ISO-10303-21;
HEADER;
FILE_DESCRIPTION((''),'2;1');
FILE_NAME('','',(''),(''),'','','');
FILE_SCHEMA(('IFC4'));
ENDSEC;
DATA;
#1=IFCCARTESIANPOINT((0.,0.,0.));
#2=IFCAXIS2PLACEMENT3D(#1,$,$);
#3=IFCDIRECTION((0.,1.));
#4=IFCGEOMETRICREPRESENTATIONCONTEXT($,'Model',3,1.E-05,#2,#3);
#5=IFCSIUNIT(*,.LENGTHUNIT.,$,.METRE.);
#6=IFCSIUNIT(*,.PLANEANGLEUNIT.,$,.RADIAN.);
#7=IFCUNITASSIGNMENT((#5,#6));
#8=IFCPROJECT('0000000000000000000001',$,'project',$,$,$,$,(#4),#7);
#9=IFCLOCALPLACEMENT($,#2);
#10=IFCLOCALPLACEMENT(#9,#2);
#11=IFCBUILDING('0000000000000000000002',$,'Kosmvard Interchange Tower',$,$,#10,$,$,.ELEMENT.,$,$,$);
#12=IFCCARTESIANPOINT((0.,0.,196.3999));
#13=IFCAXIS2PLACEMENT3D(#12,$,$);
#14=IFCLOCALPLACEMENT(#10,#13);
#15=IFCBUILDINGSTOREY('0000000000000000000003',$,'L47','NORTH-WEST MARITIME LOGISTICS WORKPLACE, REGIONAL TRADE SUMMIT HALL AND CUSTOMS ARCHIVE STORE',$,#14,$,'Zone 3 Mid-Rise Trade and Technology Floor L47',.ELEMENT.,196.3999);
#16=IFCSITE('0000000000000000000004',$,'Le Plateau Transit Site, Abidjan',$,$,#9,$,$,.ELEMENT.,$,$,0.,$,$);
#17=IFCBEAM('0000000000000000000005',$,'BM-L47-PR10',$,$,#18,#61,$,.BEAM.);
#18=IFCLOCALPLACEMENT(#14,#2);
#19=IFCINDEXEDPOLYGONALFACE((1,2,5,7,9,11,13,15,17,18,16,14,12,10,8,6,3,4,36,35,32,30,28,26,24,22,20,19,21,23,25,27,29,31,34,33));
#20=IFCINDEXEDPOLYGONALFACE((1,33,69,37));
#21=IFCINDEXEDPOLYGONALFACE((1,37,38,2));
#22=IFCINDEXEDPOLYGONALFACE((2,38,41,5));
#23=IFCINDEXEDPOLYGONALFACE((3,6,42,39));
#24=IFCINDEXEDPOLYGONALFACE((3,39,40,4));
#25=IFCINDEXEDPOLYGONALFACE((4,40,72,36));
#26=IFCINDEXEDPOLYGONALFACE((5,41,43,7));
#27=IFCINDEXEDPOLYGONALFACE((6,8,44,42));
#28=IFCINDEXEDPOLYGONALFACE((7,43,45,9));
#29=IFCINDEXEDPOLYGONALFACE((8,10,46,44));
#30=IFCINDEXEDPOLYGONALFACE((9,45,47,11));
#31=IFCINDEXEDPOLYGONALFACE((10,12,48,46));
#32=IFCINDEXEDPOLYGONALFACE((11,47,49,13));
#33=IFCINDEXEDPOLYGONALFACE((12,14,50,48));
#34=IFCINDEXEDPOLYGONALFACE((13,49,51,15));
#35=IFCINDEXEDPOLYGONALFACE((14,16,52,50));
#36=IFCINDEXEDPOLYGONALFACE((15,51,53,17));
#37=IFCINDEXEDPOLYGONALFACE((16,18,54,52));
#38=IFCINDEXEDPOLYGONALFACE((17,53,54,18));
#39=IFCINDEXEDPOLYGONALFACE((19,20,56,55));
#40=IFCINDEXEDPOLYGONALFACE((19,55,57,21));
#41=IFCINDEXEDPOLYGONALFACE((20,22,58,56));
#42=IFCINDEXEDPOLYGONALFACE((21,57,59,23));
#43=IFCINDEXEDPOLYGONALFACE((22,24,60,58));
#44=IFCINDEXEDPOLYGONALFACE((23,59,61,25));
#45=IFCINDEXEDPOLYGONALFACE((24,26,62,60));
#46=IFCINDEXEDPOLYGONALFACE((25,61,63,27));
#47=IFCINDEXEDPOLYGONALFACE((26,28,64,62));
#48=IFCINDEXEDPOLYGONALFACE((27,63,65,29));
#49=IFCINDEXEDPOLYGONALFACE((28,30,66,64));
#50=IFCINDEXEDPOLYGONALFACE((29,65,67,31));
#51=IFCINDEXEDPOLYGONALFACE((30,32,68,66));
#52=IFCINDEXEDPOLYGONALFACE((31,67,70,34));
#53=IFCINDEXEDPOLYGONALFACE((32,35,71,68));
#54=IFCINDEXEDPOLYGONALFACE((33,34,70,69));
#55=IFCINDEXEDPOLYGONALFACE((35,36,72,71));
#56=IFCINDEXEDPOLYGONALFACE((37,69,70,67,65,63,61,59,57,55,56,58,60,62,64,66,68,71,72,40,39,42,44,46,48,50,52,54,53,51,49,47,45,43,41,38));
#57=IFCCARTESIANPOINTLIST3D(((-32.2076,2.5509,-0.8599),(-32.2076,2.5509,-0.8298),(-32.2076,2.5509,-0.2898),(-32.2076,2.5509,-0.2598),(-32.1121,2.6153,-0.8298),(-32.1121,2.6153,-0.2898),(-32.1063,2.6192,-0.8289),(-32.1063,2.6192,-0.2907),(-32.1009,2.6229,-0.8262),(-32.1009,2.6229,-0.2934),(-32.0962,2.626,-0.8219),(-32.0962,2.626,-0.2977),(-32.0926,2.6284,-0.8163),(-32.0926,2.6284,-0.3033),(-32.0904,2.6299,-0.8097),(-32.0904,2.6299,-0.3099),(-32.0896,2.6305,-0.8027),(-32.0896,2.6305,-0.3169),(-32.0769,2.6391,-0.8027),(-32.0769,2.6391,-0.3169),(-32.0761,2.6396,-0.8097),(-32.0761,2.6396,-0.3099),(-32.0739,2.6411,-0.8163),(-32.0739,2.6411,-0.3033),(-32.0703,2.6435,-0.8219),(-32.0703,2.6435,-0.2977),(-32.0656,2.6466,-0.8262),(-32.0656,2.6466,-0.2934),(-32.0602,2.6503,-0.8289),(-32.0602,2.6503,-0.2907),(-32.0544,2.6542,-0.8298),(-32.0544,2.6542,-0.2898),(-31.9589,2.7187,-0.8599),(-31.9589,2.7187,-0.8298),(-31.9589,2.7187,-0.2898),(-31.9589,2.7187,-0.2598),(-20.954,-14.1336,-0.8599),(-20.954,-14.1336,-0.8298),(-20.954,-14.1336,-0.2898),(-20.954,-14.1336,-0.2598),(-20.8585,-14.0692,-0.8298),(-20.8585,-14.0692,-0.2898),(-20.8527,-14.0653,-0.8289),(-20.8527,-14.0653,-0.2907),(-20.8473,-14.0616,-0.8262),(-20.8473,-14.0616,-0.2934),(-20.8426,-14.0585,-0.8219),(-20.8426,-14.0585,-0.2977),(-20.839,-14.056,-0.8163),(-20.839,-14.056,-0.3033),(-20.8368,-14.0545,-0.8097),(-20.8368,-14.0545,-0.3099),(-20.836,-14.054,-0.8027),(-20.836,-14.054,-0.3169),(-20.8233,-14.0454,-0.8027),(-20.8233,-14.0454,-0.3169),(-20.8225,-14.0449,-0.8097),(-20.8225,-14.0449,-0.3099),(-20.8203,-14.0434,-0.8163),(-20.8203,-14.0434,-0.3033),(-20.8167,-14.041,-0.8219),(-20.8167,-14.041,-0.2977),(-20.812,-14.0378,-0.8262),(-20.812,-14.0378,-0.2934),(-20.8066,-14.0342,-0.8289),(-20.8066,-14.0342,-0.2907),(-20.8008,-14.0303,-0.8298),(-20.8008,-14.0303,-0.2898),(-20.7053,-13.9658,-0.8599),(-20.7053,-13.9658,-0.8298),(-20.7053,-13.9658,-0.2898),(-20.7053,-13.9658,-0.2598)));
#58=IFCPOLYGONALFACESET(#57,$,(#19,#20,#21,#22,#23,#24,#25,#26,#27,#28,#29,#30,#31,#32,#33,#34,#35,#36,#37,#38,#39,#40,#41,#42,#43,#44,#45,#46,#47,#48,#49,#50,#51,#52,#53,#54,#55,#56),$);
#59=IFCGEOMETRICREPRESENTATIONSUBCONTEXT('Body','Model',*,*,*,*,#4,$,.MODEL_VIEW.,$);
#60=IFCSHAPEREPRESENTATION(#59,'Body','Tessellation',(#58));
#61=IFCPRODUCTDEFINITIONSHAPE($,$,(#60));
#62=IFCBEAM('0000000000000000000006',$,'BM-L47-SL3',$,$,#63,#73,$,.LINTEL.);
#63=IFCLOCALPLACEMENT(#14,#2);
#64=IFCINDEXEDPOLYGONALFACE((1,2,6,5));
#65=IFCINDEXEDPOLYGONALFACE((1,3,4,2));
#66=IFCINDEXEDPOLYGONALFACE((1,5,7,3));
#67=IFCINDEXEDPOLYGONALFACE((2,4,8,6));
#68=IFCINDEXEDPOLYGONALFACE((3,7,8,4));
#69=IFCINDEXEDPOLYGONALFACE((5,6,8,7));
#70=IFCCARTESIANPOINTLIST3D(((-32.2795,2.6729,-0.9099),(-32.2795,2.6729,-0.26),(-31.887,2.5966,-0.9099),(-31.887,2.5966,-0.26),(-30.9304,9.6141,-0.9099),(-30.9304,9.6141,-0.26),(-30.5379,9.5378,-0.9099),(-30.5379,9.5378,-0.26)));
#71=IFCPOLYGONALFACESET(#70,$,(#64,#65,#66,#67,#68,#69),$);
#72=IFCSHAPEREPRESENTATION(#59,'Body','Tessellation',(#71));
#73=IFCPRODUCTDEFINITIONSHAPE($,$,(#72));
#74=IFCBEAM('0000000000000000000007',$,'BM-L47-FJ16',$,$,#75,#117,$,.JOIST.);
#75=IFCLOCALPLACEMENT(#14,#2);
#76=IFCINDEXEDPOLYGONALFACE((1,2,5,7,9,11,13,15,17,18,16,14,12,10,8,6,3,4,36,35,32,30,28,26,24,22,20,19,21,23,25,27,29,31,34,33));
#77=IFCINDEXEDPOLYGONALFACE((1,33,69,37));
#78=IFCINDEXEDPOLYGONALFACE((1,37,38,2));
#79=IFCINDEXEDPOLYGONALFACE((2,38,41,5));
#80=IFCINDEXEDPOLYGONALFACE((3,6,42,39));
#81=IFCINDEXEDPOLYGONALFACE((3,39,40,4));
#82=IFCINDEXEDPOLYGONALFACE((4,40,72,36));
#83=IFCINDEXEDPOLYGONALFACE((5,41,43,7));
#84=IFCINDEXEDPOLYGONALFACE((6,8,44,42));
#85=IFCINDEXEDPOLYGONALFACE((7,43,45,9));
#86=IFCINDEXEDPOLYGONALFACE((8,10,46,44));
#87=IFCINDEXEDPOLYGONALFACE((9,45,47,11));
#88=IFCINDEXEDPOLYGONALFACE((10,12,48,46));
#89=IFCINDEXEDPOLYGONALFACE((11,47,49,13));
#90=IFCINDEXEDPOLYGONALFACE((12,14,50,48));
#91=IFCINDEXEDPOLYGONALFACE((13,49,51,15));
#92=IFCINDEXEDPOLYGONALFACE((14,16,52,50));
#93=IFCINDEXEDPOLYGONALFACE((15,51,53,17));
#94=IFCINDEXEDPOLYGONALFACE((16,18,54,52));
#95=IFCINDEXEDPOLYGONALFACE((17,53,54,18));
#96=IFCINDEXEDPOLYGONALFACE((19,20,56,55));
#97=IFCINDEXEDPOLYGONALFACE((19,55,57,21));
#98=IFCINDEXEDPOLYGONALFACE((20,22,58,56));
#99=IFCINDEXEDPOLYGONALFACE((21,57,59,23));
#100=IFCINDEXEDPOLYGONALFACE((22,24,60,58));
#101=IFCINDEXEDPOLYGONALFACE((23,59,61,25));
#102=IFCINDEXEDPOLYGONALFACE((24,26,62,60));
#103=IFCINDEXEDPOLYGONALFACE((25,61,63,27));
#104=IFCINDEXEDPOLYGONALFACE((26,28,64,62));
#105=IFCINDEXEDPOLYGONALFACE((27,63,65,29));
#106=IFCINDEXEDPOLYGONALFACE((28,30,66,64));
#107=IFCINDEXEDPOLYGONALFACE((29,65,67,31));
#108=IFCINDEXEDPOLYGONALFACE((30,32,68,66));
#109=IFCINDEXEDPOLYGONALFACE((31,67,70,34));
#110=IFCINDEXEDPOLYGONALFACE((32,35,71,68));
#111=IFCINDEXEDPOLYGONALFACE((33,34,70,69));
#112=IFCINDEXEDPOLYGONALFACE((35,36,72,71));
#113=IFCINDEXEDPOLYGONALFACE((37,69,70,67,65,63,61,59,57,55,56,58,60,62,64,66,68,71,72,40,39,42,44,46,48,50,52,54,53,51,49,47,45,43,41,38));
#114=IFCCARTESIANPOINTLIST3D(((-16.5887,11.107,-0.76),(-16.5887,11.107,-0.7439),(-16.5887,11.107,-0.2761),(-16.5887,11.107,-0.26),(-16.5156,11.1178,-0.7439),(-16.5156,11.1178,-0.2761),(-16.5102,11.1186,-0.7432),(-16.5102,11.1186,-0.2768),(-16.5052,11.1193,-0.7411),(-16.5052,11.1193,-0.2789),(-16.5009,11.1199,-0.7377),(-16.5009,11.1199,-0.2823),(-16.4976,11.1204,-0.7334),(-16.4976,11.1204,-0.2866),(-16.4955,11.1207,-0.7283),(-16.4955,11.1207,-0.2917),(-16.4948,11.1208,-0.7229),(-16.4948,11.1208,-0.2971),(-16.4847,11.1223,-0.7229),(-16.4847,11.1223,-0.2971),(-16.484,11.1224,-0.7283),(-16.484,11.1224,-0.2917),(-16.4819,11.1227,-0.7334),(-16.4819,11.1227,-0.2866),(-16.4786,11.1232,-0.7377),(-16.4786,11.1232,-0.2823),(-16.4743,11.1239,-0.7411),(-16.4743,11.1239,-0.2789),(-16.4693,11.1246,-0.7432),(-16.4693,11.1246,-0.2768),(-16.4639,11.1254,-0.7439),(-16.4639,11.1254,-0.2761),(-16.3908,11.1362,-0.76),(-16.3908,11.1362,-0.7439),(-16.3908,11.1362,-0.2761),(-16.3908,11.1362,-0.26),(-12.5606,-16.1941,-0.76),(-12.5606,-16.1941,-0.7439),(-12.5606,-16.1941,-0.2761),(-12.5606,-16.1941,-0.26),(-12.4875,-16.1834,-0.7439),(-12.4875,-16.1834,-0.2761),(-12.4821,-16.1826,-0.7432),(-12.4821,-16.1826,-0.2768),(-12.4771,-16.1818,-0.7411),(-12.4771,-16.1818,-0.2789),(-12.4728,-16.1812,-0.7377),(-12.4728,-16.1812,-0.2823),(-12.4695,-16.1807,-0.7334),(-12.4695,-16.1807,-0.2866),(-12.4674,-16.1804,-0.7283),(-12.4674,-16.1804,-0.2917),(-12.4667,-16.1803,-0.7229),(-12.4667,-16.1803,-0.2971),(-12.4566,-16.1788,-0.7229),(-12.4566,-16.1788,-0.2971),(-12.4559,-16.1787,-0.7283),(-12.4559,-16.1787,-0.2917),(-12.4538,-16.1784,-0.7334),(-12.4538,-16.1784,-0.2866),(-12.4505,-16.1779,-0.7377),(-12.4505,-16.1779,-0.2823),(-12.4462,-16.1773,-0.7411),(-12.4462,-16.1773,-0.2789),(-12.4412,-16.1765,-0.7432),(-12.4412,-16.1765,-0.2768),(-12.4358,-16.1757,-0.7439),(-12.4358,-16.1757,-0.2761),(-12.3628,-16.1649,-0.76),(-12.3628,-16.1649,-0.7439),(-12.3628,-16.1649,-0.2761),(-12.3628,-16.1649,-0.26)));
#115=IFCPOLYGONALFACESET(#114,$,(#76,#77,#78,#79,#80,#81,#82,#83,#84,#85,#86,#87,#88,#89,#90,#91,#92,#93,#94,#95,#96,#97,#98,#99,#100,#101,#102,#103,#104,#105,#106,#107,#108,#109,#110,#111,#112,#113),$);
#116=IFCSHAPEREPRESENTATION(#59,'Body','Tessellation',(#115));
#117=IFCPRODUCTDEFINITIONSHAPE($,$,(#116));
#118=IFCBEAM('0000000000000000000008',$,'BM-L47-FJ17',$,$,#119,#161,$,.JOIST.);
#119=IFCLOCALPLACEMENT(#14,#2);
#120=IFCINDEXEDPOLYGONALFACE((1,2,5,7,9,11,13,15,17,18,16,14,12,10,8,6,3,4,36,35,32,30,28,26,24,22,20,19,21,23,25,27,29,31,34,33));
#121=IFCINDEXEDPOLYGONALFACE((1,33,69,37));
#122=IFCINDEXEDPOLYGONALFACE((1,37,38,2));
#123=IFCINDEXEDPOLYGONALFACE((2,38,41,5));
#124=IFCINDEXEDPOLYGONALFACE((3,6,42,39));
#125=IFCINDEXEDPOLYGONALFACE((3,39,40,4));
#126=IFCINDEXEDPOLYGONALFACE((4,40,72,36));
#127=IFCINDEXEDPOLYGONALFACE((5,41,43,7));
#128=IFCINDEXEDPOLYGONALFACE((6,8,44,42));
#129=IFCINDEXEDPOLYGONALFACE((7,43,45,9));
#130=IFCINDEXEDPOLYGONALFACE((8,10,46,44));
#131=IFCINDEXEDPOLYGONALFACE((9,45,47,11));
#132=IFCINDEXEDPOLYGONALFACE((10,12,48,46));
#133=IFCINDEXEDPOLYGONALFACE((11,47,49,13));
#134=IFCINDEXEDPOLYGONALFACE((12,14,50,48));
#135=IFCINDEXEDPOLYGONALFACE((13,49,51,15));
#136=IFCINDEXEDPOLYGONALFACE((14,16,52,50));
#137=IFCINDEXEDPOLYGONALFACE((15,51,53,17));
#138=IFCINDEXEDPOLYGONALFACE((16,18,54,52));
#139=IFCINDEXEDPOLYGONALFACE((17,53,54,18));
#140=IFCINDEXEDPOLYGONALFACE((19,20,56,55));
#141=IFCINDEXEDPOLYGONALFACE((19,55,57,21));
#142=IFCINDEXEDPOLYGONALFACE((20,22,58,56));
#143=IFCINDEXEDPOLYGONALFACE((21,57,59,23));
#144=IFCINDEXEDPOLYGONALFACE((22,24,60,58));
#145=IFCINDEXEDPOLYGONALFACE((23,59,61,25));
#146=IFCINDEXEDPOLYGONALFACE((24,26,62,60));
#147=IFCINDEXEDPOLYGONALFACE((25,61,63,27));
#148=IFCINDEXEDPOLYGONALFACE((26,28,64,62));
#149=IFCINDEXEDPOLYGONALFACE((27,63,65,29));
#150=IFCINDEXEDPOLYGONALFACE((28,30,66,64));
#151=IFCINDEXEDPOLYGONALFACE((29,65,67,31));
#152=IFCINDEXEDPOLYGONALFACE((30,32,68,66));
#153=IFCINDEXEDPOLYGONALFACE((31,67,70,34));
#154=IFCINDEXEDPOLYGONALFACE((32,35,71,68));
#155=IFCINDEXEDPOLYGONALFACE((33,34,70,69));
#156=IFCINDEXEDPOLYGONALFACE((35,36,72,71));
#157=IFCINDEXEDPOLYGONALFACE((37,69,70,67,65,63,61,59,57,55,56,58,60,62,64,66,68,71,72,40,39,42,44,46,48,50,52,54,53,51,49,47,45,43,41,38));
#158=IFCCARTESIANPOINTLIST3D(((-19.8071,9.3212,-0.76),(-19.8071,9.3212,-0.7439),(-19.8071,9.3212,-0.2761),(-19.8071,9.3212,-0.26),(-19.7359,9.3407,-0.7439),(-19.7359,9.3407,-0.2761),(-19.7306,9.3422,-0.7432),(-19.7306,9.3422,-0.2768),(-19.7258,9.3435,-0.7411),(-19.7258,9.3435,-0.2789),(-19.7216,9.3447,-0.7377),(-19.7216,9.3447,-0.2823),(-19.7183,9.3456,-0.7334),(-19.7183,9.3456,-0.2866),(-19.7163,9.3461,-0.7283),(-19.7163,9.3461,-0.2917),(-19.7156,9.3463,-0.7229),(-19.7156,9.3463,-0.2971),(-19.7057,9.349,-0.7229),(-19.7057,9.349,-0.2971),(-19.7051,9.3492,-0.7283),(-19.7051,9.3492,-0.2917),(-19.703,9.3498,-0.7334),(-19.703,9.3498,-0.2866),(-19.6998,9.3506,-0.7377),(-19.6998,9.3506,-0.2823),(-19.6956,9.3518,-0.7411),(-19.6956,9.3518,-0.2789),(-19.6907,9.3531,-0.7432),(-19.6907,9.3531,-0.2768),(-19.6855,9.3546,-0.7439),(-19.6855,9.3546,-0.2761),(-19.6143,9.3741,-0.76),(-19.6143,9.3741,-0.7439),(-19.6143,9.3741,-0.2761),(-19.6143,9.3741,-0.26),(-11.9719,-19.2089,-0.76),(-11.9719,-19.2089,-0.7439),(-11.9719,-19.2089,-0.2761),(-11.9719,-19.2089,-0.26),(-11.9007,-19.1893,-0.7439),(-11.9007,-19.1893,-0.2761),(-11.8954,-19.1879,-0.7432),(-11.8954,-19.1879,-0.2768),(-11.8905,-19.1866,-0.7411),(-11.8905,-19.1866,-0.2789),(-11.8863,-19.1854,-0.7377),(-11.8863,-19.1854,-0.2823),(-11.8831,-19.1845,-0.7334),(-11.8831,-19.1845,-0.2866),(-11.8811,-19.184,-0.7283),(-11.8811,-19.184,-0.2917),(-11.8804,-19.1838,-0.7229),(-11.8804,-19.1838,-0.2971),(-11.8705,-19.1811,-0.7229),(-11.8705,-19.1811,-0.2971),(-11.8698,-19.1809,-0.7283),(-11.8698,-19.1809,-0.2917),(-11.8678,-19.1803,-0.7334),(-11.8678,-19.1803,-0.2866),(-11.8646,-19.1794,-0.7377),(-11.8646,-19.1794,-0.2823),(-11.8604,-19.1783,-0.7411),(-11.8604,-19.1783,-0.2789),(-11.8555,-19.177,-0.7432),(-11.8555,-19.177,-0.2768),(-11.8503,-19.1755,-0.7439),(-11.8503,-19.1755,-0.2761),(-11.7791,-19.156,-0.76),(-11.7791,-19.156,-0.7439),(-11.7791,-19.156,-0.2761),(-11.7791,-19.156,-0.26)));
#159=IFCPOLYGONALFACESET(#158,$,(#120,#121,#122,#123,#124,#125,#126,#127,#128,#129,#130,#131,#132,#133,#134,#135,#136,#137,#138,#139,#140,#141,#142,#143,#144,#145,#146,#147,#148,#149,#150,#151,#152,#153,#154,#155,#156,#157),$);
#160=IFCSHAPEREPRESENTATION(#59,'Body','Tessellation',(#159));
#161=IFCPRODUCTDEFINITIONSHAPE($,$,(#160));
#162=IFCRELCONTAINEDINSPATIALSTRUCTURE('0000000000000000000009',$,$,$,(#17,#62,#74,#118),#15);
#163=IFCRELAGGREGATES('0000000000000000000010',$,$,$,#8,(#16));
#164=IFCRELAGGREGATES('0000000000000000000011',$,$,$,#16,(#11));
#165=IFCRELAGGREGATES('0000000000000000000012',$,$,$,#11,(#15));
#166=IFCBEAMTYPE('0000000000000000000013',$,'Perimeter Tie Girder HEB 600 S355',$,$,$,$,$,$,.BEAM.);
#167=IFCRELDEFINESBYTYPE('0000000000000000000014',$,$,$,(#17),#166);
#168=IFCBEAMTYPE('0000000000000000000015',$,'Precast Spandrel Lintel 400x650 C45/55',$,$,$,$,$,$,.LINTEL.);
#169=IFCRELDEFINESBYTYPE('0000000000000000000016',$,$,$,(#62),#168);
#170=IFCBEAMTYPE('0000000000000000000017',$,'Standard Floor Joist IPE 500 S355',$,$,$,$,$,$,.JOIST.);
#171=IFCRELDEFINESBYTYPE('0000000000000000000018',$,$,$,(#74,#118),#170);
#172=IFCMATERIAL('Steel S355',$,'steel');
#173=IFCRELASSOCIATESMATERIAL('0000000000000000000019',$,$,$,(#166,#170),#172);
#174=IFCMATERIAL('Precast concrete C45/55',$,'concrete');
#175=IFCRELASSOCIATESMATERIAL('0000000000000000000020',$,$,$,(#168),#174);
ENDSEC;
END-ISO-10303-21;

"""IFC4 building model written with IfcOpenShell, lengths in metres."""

from ifc_helpers import new_model, si_unit, direction, frame, origin, origin_2d, place, context, subcontext, project, spatial, rectangle, i_section, extrude, source, transform, mapped, material, material_profile, profile_set, type_object, element, save


model = new_model("IFC4")

# Units and contexts
model_context = context("Model", 3, precision=1e-05, world=origin(), true_north=direction((0.0, 1.0)))
body_context = subcontext(model_context, "Body", "Model", "MODEL_VIEW")
ifc_project = project(units=[si_unit("LENGTHUNIT", "METRE"), si_unit("PLANEANGLEUNIT", "RADIAN")], contexts=[model_context])

# Site, building, storey
site_placement = place(None, origin())
site = spatial("IfcSite", under=ifc_project, at=site_placement, Name="Le Plateau Transit Site, Abidjan", CompositionType="ELEMENT", RefElevation=0.0)
building_placement = place(site_placement, origin())
building = spatial("IfcBuilding", under=site, at=building_placement, Name="Kosmvard Interchange Tower", CompositionType="ELEMENT")
storey_placement = place(building_placement, frame((0.0, 0.0, 196.3999)))
storey = spatial("IfcBuildingStorey", under=building, at=storey_placement, Name="L47", Description="NORTH-WEST MARITIME LOGISTICS WORKPLACE, REGIONAL TRADE SUMMIT HALL AND CUSTOMS ARCHIVE STORE", LongName="Zone 3 Mid-Rise Trade and Technology Floor L47", CompositionType="ELEMENT", Elevation=196.3999)

# Beams
ifc_material_1 = material(Name="Steel S355", Category="steel")
ifc_material_profile_1 = material_profile(ifc_material_1, i_section(OverallWidth=0.3, OverallDepth=0.6001, WebThickness=0.0154, FlangeThickness=0.03, FilletRadius=0.0271, at=origin_2d()), Name="HEB 600")
ifc_profile_set_1 = profile_set([ifc_material_profile_1], Name="Steel S355")
beam_type_1 = type_object("IfcBeamType", Name="Perimeter Tie Girder HEB 600 S355", PredefinedType="BEAM", material=ifc_profile_set_1)
shared_shape_1 = source(origin(), body_context, "Body", "SweptSolid", [
    extrude(i_section(OverallWidth=0.3, OverallDepth=0.6001, WebThickness=0.0154, FlangeThickness=0.03, FilletRadius=0.0271, at=origin_2d()), origin(), (0.0, 0.0, 1.0), 20.125),
])
for number, where, z_axis, x_axis, name in (
    (1, (-32.0833, 2.6348, -0.5598), (0.559185, -0.829043, 0.0), (0.829043, 0.559185, 0.0), "BM-L47-PR10"),
):
    element("IfcBeam", number, at=place(storey_placement, frame(where, z_axis=z_axis, x_axis=x_axis)), inside=storey, type_object=beam_type_1, Name=name, PredefinedType="BEAM", context=body_context, shape_type="MappedRepresentation", body=[
        mapped(shared_shape_1, transform((0.0, 0.0, 0.0), scale=1.0)),
    ])
ifc_material_2 = material(Name="Precast concrete C45/55", Category="concrete")
ifc_material_profile_2 = material_profile(ifc_material_2, rectangle(XDim=0.3999, YDim=0.6499, at=origin_2d()), Name="SL 400x650")
ifc_profile_set_2 = profile_set([ifc_material_profile_2], Name="Precast concrete C45/55")
beam_type_2 = type_object("IfcBeamType", Name="Precast Spandrel Lintel 400x650 C45/55", PredefinedType="LINTEL", material=ifc_profile_set_2)
shared_shape_2 = source(origin(), body_context, "Body", "SweptSolid", [
    extrude(rectangle(XDim=0.3999, YDim=0.6499, at=origin_2d()), origin(), (0.0, 0.0, 1.0), 7.071),
])
beam_1_placement = place(storey_placement, frame((-30.7341, 9.5759, -0.585), z_axis=(-0.190795, -0.98163, 0.0), x_axis=(0.98163, -0.190795, 0.0)))
element("IfcBeam", 2, at=beam_1_placement, inside=storey, type_object=beam_type_2, Name="BM-L47-SL3", PredefinedType="LINTEL", context=body_context, shape_type="MappedRepresentation", body=[
    mapped(shared_shape_2, transform((0.0, 0.0, 0.0), scale=1.0)),
])
ifc_material_profile_3 = material_profile(ifc_material_1, i_section(OverallWidth=0.2, OverallDepth=0.5, WebThickness=0.0103, FlangeThickness=0.0161, FilletRadius=0.021, at=origin_2d()), Name="IPE 500")
ifc_profile_set_3 = profile_set([ifc_material_profile_3], Name="Steel S355")
beam_type_3 = type_object("IfcBeamType", Name="Standard Floor Joist IPE 500 S355", PredefinedType="JOIST", material=ifc_profile_set_3)
shared_shape_3 = source(origin(), body_context, "Body", "SweptSolid", [
    extrude(i_section(OverallWidth=0.2, OverallDepth=0.5, WebThickness=0.0103, FlangeThickness=0.0161, FilletRadius=0.021, at=origin_2d()), origin(), (0.0, 0.0, 1.0), 27.5967),
])
beam_2_placement = place(storey_placement, frame((-16.4897, 11.1216, -0.51), z_axis=(0.145963, -0.98929, 0.0), x_axis=(0.98929, 0.145963, 0.0)))
element("IfcBeam", 3, at=beam_2_placement, inside=storey, type_object=beam_type_3, Name="BM-L47-FJ16", PredefinedType="JOIST", context=body_context, shape_type="MappedRepresentation", body=[
    mapped(shared_shape_3, transform((0.0, 0.0, 0.0), scale=1.0)),
])
shared_shape_4 = source(origin(), body_context, "Body", "SweptSolid", [
    extrude(i_section(OverallWidth=0.2, OverallDepth=0.5, WebThickness=0.0103, FlangeThickness=0.0161, FilletRadius=0.021, at=origin_2d()), origin(), (0.0, 0.0, 1.0), 29.5864),
])
beam_3_placement = place(storey_placement, frame((-19.7107, 9.3477, -0.51), z_axis=(0.264825, -0.964297, 0.0), x_axis=(0.964297, 0.264825, 0.0)))
element("IfcBeam", 4, at=beam_3_placement, inside=storey, type_object=beam_type_3, Name="BM-L47-FJ17", PredefinedType="JOIST", context=body_context, shape_type="MappedRepresentation", body=[
    mapped(shared_shape_4, transform((0.0, 0.0, 0.0), scale=1.0)),
])

save(model, "model.ifc")
